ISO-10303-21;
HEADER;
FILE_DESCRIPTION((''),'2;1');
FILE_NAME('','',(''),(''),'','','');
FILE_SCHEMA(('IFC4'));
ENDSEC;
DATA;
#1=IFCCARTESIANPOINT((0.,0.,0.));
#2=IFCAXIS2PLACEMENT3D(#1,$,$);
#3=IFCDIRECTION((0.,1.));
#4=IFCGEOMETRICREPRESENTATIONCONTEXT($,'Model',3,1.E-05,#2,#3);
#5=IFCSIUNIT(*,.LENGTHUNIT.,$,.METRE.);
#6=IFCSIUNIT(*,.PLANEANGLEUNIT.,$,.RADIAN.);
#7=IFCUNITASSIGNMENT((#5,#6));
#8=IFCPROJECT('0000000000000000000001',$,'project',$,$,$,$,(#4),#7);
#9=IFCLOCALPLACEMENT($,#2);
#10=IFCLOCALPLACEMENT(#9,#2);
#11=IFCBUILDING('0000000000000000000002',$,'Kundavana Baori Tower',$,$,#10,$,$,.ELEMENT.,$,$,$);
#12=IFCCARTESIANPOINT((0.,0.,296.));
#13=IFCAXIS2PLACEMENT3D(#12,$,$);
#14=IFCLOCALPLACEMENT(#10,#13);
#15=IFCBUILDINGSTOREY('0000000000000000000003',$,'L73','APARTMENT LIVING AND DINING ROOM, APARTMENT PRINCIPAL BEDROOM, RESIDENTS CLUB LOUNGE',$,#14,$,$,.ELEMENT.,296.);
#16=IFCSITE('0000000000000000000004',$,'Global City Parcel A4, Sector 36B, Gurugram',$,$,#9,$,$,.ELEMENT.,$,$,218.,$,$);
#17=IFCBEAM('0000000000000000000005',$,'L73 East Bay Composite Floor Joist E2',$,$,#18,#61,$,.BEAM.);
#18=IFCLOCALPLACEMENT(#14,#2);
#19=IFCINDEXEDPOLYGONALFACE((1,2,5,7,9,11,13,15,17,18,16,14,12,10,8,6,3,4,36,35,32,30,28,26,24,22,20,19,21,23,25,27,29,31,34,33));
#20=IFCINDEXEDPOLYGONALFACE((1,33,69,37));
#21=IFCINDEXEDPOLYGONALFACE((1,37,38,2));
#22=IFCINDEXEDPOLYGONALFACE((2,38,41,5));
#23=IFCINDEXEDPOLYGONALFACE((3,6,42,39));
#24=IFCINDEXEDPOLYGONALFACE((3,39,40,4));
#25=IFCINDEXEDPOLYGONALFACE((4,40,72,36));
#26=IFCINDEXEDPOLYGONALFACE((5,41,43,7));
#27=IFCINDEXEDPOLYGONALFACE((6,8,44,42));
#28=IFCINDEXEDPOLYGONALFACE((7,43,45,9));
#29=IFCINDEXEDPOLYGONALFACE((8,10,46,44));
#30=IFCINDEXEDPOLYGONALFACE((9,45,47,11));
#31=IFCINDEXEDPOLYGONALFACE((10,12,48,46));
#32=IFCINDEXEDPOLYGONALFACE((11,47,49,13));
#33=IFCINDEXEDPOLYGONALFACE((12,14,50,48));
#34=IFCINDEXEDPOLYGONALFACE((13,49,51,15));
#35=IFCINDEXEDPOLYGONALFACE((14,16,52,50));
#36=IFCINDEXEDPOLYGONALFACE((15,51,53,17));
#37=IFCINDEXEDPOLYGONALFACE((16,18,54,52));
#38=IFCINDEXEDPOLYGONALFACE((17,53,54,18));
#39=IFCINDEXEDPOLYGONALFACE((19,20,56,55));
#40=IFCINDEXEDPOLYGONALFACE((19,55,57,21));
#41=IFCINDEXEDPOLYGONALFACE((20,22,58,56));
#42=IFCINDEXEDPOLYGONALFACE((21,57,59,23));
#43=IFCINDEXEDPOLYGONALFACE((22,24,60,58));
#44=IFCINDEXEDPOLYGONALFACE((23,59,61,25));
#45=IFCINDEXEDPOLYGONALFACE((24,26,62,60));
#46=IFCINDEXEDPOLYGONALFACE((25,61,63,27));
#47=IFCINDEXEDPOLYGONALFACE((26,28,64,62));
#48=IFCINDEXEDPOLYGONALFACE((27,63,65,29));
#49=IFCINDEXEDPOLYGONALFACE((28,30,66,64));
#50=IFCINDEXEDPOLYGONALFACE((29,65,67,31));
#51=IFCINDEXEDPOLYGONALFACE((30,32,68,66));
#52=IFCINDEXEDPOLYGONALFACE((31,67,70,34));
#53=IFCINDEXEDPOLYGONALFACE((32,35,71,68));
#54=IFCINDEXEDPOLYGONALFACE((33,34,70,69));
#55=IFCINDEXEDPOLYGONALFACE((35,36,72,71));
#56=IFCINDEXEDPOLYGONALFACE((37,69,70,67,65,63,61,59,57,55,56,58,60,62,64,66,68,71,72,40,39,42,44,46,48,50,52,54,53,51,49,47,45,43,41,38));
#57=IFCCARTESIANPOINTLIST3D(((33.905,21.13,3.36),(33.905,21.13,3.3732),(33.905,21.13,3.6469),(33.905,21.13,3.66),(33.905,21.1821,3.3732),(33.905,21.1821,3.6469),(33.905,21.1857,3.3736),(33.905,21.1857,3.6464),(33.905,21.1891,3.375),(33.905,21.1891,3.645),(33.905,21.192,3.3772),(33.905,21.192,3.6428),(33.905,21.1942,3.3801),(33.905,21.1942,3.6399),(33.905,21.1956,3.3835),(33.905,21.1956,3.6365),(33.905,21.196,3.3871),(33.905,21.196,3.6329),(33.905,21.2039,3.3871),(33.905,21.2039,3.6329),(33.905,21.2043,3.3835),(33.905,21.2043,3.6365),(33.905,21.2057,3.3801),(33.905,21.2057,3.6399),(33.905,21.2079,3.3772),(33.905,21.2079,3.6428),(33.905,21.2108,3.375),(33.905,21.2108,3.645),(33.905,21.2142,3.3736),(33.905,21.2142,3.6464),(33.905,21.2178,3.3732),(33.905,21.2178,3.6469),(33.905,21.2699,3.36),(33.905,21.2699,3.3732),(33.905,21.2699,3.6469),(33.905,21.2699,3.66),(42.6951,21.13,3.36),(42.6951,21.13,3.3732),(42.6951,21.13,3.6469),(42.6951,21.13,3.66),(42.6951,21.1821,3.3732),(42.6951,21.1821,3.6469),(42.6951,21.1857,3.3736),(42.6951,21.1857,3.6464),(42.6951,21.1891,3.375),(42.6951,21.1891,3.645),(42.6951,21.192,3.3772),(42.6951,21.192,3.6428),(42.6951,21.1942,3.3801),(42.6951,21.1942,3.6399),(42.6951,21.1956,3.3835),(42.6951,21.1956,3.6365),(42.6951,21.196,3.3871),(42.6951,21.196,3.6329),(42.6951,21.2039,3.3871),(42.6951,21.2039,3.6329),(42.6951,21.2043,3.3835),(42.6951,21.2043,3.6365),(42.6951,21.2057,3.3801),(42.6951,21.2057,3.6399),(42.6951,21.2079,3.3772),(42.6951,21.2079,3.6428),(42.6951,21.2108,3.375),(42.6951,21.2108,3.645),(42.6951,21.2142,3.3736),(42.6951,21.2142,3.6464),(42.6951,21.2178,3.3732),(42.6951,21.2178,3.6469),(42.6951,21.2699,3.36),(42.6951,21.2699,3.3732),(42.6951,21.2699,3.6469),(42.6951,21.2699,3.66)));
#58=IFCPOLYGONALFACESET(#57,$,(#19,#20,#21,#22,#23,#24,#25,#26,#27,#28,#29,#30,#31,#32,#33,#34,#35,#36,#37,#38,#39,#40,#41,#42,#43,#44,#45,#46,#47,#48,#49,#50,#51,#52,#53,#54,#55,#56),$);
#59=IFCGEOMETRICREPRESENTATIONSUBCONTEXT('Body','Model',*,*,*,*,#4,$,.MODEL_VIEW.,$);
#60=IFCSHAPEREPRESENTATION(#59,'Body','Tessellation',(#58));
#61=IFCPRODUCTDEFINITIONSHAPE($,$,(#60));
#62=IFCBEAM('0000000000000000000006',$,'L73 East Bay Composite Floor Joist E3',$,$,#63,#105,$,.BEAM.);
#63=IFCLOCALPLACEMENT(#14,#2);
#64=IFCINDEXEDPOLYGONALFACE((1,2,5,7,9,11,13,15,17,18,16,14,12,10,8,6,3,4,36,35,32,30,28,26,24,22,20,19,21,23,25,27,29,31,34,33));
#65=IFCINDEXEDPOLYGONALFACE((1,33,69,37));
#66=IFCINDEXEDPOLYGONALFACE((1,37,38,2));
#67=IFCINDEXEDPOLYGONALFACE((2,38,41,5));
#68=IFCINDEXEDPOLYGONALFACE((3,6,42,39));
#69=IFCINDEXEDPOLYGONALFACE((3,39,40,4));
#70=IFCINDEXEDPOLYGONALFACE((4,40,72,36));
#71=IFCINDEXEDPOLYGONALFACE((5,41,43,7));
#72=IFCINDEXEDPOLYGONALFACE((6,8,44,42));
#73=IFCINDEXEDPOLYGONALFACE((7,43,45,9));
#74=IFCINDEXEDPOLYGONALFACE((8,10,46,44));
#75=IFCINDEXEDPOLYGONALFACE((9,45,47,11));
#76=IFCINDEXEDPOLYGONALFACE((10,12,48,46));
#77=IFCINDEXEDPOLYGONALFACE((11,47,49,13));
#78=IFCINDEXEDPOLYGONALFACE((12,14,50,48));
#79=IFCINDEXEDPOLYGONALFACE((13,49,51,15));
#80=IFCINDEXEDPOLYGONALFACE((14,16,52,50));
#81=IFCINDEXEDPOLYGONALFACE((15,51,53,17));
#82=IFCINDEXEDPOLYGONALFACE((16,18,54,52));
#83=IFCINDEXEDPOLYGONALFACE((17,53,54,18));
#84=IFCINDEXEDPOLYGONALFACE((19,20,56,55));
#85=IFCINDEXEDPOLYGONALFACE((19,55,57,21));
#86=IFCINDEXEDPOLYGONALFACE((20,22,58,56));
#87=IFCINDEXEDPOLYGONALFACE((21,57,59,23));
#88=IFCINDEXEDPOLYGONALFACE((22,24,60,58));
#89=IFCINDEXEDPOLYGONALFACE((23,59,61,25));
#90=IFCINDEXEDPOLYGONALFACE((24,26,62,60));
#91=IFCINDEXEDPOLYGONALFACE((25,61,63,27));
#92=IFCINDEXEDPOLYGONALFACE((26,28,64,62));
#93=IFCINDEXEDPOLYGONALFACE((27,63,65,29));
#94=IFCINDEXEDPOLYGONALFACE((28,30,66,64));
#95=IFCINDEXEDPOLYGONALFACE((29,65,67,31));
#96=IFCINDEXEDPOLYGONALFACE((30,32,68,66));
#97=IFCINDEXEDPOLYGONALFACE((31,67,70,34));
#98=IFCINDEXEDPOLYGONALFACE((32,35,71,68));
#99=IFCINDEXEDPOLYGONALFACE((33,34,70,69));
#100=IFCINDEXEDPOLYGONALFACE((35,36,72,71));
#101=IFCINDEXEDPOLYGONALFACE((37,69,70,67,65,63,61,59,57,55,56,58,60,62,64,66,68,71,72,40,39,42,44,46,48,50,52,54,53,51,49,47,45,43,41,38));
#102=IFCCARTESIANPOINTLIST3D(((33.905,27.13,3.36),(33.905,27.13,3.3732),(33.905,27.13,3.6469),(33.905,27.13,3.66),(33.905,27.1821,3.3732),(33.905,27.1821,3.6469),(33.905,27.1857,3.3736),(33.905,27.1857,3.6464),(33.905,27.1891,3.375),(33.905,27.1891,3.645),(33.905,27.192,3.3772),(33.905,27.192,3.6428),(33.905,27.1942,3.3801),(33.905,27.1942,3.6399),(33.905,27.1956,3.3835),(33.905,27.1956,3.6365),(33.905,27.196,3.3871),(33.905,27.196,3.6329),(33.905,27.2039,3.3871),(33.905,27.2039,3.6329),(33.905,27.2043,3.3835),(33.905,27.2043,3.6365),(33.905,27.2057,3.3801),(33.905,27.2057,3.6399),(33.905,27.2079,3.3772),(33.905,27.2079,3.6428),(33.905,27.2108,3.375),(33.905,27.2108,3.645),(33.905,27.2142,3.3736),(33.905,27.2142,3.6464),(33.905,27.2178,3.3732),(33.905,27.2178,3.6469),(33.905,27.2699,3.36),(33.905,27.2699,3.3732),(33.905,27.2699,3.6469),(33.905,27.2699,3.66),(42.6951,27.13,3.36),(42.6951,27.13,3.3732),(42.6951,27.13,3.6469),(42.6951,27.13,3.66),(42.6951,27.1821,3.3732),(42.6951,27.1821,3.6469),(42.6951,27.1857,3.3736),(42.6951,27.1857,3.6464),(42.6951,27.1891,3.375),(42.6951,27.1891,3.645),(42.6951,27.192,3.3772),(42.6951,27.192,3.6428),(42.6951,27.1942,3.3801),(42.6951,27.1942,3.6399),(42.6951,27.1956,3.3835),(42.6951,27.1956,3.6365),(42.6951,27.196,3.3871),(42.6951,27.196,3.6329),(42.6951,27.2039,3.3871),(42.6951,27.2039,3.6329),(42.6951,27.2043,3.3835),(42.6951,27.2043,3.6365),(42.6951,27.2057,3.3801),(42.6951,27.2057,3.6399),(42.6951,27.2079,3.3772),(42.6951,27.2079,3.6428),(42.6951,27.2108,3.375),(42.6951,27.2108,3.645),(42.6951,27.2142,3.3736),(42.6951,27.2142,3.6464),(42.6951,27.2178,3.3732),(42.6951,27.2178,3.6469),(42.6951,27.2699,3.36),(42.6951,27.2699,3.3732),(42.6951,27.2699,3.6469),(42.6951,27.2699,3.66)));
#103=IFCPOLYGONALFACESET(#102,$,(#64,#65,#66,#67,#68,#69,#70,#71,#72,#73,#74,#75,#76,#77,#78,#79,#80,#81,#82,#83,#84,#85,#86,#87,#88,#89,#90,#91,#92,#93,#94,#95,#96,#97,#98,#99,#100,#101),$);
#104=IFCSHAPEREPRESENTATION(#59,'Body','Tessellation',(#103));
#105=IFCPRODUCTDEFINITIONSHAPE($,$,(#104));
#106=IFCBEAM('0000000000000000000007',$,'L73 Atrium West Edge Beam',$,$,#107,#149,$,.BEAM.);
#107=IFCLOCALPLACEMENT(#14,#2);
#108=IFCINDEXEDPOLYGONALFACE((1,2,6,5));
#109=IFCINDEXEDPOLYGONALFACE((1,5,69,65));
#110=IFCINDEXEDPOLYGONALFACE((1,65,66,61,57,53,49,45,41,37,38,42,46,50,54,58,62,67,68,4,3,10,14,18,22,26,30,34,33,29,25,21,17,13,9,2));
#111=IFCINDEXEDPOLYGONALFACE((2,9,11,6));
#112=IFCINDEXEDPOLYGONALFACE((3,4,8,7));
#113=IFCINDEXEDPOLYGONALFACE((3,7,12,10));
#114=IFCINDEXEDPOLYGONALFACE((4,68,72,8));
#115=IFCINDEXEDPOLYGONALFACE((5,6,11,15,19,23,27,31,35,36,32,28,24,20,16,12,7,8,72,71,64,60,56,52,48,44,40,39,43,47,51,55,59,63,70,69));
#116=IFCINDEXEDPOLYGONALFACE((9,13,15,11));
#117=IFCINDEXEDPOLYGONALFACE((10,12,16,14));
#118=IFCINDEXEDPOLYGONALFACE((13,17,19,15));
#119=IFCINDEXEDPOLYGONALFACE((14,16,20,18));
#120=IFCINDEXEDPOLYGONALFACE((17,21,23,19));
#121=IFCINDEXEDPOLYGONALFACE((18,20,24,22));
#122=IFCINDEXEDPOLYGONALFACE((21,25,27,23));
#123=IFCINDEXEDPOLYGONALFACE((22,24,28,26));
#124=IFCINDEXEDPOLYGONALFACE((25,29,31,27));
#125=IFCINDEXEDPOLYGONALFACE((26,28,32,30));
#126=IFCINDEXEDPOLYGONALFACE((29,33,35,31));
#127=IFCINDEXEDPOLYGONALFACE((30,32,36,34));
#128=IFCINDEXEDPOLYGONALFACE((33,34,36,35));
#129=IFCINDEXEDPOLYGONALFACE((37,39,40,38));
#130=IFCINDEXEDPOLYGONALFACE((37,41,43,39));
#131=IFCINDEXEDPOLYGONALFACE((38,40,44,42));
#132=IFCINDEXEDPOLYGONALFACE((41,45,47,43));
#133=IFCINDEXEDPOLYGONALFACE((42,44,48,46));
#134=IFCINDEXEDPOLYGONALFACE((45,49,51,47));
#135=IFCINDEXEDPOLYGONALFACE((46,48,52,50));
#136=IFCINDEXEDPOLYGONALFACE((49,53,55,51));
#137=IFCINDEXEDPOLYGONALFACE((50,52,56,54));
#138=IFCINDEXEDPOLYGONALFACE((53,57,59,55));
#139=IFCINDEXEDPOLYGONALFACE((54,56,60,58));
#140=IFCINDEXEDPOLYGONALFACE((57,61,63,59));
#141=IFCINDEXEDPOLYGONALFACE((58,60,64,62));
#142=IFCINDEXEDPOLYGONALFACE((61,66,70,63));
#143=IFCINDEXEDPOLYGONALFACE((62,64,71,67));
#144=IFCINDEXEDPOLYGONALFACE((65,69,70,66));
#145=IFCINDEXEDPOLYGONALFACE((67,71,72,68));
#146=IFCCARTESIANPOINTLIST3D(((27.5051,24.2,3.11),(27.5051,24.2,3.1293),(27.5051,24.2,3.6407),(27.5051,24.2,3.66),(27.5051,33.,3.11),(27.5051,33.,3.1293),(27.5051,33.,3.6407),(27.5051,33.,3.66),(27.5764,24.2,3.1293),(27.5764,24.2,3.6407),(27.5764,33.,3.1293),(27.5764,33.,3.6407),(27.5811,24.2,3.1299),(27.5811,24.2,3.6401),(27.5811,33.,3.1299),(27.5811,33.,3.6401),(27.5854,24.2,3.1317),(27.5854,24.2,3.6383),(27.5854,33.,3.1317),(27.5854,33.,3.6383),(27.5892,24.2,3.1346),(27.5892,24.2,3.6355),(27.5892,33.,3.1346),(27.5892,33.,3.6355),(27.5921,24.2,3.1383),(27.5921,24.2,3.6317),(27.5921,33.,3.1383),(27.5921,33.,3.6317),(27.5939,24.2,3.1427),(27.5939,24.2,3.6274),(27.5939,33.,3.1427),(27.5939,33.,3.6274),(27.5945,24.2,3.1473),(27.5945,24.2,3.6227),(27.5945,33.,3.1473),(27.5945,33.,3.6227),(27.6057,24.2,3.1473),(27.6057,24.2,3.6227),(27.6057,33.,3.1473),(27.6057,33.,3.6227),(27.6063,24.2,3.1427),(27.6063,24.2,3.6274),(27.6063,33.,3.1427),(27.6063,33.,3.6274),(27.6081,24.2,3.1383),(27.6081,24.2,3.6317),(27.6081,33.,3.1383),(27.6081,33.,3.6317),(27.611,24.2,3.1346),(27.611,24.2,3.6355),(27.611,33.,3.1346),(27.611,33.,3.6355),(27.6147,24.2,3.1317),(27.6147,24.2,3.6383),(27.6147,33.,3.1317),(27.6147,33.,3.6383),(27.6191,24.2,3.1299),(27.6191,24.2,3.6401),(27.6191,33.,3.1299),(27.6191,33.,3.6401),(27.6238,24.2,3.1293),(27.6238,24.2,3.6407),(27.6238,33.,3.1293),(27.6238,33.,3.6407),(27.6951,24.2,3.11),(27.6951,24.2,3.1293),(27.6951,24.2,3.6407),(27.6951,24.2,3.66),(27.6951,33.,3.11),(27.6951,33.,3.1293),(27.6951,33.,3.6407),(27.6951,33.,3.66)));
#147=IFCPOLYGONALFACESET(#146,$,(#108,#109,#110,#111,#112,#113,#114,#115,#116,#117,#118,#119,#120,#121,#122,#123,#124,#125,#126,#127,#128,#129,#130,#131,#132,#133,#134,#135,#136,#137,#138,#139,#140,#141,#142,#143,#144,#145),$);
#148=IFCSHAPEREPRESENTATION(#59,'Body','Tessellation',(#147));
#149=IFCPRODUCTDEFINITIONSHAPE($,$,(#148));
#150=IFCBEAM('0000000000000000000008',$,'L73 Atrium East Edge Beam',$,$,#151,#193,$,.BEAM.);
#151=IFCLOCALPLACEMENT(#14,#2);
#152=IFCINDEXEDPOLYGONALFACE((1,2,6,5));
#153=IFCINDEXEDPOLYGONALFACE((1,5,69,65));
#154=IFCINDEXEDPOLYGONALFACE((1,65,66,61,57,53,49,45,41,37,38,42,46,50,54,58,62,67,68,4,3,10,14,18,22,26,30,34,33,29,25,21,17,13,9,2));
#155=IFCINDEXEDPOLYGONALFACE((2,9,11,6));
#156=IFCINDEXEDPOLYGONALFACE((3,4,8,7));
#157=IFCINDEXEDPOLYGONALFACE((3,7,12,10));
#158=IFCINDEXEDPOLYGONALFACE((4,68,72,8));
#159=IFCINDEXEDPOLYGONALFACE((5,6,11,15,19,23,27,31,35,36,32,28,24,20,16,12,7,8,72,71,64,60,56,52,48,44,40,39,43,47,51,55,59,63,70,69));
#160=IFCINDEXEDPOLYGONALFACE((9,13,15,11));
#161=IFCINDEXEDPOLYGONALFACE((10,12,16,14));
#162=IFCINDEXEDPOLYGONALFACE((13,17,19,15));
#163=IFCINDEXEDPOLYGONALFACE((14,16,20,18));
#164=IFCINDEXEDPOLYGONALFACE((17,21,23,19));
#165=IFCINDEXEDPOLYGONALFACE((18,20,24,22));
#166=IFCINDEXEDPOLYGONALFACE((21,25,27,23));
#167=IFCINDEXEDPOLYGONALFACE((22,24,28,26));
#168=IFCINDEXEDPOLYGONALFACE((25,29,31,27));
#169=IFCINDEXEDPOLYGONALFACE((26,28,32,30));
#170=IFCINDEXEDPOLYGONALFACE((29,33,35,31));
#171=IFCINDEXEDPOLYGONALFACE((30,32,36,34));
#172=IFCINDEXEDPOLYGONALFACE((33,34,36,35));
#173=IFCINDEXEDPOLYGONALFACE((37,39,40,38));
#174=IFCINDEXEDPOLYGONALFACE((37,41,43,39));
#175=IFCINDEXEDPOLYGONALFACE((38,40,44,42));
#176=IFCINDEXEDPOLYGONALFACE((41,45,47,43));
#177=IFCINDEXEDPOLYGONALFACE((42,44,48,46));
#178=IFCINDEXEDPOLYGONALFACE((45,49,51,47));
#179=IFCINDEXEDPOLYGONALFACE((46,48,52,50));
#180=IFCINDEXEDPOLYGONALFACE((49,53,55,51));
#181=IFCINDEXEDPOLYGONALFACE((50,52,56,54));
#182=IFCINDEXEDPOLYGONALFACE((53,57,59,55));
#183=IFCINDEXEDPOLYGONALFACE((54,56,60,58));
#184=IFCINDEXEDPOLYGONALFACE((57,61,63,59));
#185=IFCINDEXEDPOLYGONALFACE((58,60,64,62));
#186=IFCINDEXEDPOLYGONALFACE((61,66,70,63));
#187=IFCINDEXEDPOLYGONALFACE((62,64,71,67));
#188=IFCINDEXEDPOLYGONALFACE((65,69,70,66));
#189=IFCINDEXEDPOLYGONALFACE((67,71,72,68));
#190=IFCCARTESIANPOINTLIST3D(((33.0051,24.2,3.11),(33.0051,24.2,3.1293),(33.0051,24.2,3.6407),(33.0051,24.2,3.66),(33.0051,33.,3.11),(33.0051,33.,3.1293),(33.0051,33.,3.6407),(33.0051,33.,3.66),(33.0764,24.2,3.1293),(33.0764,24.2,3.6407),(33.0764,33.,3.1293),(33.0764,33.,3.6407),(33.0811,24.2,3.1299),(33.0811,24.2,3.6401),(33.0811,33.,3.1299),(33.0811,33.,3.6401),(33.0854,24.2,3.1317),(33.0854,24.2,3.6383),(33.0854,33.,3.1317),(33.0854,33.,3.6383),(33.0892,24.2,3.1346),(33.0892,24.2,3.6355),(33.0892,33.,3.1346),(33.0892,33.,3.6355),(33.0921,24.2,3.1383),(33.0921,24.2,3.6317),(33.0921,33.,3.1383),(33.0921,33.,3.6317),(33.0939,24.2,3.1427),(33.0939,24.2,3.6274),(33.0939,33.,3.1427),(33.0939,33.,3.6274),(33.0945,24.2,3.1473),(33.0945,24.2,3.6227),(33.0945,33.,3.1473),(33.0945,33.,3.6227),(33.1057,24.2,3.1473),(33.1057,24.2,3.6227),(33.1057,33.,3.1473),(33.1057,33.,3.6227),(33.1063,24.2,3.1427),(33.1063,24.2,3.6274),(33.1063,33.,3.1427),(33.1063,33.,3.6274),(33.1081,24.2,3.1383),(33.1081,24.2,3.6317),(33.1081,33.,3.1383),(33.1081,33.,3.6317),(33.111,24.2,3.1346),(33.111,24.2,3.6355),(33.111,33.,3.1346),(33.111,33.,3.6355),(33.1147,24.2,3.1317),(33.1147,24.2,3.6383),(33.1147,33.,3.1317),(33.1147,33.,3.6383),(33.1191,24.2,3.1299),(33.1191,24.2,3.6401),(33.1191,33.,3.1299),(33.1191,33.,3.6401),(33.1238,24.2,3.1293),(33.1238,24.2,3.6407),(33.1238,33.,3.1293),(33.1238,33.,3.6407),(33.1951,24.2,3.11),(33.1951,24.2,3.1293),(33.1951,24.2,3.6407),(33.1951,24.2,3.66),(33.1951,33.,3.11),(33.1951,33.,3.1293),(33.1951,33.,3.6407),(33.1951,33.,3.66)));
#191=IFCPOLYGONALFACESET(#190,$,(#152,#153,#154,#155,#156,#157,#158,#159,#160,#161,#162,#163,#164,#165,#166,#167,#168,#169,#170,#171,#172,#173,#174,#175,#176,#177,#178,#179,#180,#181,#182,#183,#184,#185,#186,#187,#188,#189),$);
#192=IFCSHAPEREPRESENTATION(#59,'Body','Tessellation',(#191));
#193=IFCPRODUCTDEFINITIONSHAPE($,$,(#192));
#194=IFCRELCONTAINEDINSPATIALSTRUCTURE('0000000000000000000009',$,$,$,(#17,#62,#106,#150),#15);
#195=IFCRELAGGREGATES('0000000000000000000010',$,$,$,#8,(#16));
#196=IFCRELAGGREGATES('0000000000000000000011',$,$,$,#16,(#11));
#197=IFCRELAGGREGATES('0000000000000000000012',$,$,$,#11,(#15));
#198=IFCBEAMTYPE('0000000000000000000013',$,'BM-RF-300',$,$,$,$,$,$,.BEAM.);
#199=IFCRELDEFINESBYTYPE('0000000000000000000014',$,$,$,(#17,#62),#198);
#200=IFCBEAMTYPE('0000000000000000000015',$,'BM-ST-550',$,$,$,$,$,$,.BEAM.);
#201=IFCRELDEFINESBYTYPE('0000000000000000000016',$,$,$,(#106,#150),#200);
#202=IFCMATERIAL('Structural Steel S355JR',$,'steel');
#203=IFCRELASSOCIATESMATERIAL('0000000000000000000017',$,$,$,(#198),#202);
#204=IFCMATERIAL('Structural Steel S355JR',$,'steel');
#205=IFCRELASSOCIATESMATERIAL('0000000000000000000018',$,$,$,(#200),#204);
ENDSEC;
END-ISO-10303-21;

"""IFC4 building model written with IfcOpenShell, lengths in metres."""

from ifc_helpers import new_model, si_unit, direction, frame, origin, origin_2d, place, context, subcontext, project, spatial, i_section, extrude, material, material_profile, profile_set, type_object, element, save


model = new_model("IFC4")

# Units and contexts
model_context = context("Model", 3, precision=1e-05, world=origin(), true_north=direction((0.0, 1.0)))
body_context = subcontext(model_context, "Body", "Model", "MODEL_VIEW")
ifc_project = project(units=[si_unit("LENGTHUNIT", "METRE"), si_unit("PLANEANGLEUNIT", "RADIAN")], contexts=[model_context])

# Site, building, storey
site_placement = place(None, origin())
site = spatial("IfcSite", under=ifc_project, at=site_placement, Name="Global City Parcel A4, Sector 36B, Gurugram", CompositionType="ELEMENT", RefElevation=218.0)
building_placement = place(site_placement, origin())
building = spatial("IfcBuilding", under=site, at=building_placement, Name="Kundavana Baori Tower", CompositionType="ELEMENT")
storey_placement = place(building_placement, frame((0.0, 0.0, 296.0)))
storey = spatial("IfcBuildingStorey", under=building, at=storey_placement, Name="L73", Description="APARTMENT LIVING AND DINING ROOM, APARTMENT PRINCIPAL BEDROOM, RESIDENTS CLUB LOUNGE", CompositionType="ELEMENT", Elevation=296.0)

# Beams
ifc_material_1 = material(Name="Structural Steel S355JR", Category="steel")
ifc_material_profile_1 = material_profile(ifc_material_1, i_section(OverallWidth=0.1399, OverallDepth=0.3, WebThickness=0.0078, FlangeThickness=0.0132, FilletRadius=0.0139, at=origin_2d()), Name="ISMB 300")
ifc_profile_set_1 = profile_set([ifc_material_profile_1], Name="Structural Steel S355JR")
beam_type_1 = type_object("IfcBeamType", Name="BM-RF-300", PredefinedType="BEAM", material=ifc_profile_set_1)
for number, where, z_axis, x_axis, name in (
    (1, (33.905, 21.2, 3.51), (1.0, 0.0, 0.0), (0.0, 1.0, 0.0), "L73 East Bay Composite Floor Joist E2"),
    (2, (33.905, 27.2, 3.51), (1.0, 0.0, 0.0), (0.0, 1.0, 0.0), "L73 East Bay Composite Floor Joist E3"),
):
    element("IfcBeam", number, at=place(storey_placement, frame(where, z_axis=z_axis, x_axis=x_axis)), inside=storey, type_object=beam_type_1, Name=name, PredefinedType="BEAM", context=body_context, shape_type="SweptSolid", body=[
        extrude(i_section(OverallWidth=0.1399, OverallDepth=0.3, WebThickness=0.0078, FlangeThickness=0.0132, FilletRadius=0.0139, at=origin_2d()), origin(), (0.0, 0.0, 1.0), 8.79),
    ])
ifc_material_2 = material(Name="Structural Steel S355JR", Category="steel")
ifc_material_profile_2 = material_profile(ifc_material_2, i_section(OverallWidth=0.1899, OverallDepth=0.55, WebThickness=0.0112, FlangeThickness=0.0193, FilletRadius=0.0181, at=origin_2d()), Name="ISMB 550")
ifc_profile_set_2 = profile_set([ifc_material_profile_2], Name="Structural Steel S355JR")
beam_type_2 = type_object("IfcBeamType", Name="BM-ST-550", PredefinedType="BEAM", material=ifc_profile_set_2)
for number, where, z_axis, x_axis, name in (
    (3, (27.6001, 24.2, 3.385), (0.0, 1.0, 0.0), (-1.0, 0.0, 0.0), "L73 Atrium West Edge Beam"),
    (4, (33.1001, 24.2, 3.385), (0.0, 1.0, 0.0), (-1.0, 0.0, 0.0), "L73 Atrium East Edge Beam"),
):
    element("IfcBeam", number, at=place(storey_placement, frame(where, z_axis=z_axis, x_axis=x_axis)), inside=storey, type_object=beam_type_2, Name=name, PredefinedType="BEAM", context=body_context, shape_type="SweptSolid", body=[
        extrude(i_section(OverallWidth=0.1899, OverallDepth=0.55, WebThickness=0.0112, FlangeThickness=0.0193, FilletRadius=0.0181, at=origin_2d()), origin(), (0.0, 0.0, 1.0), 8.8),
    ])

save(model, "model.ifc")
